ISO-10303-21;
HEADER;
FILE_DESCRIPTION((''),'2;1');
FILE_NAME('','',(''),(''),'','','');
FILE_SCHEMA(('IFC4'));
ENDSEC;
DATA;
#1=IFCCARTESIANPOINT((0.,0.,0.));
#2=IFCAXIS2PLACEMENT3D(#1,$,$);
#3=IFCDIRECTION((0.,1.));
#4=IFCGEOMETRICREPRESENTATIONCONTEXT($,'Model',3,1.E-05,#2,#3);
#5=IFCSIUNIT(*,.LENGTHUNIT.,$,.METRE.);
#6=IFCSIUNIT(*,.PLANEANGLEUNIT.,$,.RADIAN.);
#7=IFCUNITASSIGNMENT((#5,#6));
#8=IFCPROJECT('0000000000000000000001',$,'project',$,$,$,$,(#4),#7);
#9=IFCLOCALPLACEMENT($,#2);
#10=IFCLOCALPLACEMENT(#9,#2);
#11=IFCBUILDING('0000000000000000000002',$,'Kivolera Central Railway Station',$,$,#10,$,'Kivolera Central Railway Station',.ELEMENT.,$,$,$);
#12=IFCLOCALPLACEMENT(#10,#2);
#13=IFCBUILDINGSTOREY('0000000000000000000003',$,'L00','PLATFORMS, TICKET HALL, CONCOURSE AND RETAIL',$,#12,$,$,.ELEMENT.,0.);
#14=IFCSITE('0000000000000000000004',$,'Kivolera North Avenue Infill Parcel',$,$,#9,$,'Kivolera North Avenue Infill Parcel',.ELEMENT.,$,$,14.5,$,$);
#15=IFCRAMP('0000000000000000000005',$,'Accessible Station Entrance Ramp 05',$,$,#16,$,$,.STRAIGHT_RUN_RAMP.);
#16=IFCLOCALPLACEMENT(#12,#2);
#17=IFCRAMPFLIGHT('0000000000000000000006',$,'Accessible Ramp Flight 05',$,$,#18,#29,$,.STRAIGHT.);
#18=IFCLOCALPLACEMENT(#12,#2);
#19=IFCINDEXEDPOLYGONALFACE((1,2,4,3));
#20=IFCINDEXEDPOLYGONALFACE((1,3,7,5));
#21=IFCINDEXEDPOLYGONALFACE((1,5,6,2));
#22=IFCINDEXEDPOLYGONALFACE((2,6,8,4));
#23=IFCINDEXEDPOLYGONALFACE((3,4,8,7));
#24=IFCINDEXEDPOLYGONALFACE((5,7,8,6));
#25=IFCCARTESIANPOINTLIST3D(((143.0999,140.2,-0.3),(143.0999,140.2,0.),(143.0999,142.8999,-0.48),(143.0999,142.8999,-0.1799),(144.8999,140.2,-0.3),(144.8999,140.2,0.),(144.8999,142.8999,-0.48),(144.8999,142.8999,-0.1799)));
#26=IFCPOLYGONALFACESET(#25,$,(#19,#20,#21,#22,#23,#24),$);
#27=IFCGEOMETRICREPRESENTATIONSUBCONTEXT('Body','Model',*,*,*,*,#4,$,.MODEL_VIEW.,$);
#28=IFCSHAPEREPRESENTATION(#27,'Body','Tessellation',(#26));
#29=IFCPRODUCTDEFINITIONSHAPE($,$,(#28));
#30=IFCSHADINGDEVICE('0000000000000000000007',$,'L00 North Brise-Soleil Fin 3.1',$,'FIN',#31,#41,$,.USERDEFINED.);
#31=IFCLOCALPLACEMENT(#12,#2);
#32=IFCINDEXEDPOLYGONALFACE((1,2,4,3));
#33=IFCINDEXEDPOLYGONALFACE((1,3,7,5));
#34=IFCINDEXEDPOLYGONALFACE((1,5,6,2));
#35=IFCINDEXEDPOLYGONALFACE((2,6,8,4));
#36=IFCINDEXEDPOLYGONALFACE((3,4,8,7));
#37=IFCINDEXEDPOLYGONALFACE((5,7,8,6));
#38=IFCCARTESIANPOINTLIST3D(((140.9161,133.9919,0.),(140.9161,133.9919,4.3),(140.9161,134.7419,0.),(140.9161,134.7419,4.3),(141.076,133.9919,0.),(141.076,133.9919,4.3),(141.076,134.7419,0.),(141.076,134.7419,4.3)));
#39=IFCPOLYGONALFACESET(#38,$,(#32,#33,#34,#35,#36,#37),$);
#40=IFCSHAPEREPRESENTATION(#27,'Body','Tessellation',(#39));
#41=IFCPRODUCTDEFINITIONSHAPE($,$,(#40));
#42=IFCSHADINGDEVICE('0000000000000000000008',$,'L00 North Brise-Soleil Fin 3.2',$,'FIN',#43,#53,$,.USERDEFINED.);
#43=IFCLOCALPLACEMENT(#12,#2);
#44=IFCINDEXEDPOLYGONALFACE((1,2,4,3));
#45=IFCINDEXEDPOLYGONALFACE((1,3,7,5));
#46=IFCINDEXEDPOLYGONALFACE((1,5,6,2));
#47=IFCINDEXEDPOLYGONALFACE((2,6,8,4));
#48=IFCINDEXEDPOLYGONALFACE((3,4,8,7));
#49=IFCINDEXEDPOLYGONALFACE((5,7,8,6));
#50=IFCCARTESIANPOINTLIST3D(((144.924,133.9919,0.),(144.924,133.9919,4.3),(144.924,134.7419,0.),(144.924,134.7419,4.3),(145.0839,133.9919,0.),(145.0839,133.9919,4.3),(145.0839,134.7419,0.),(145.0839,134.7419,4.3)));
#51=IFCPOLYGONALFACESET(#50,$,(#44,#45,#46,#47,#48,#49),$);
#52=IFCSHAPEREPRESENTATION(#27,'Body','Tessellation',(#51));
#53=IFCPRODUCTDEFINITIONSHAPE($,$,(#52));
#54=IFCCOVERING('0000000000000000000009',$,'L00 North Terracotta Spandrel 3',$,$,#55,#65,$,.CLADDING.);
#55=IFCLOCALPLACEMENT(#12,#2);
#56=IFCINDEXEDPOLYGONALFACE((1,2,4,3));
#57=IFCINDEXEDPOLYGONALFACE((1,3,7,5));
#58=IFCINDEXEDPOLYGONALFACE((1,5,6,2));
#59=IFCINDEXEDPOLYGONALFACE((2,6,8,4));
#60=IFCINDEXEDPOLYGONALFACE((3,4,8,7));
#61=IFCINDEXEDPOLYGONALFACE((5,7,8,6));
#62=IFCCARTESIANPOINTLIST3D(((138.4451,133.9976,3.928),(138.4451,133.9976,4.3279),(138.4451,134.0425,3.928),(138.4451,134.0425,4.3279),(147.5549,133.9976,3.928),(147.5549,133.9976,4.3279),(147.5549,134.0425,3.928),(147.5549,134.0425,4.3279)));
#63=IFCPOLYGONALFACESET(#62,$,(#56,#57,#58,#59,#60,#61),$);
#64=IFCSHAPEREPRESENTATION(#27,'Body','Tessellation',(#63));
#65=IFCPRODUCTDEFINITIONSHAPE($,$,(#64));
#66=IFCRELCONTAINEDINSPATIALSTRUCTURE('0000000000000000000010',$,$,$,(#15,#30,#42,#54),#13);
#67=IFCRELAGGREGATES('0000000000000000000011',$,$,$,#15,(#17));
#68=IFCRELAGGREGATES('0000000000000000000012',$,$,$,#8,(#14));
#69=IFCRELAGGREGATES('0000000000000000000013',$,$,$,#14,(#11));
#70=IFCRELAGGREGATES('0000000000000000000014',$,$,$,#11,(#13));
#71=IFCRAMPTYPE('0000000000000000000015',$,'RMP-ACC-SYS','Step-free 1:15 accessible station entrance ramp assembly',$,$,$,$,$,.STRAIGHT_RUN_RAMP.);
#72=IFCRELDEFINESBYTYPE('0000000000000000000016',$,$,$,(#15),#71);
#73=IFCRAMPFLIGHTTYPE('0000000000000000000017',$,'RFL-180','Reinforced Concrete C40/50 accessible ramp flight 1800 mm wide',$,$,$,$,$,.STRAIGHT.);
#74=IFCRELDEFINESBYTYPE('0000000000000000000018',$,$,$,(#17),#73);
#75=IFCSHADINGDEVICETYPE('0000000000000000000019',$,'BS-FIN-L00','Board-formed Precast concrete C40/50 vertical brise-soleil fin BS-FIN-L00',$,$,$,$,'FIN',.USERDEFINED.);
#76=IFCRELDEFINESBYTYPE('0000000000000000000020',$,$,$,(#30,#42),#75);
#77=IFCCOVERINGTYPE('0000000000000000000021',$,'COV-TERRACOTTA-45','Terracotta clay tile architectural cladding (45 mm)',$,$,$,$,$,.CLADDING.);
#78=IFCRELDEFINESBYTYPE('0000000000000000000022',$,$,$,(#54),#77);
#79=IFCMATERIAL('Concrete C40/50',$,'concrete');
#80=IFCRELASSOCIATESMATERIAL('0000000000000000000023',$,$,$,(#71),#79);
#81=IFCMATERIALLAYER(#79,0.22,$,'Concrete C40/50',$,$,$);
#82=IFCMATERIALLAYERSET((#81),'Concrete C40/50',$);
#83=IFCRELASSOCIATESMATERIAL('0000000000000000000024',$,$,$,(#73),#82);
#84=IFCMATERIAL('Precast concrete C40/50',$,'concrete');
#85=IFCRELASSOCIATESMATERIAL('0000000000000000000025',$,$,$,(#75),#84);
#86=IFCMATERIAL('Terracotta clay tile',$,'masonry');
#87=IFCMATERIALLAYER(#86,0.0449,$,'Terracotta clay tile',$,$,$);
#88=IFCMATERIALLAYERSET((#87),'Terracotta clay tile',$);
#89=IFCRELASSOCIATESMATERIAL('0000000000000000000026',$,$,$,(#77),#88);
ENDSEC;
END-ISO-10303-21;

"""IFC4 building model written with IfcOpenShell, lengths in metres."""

from ifc_helpers import new_model, si_unit, direction, frame, frame_2d, origin, origin_2d, place, context, subcontext, project, spatial, polyline, rectangle, outline, extrude, material, layer, layer_set, type_object, element, aggregate, save


model = new_model("IFC4")

# Units and contexts
model_context = context("Model", 3, precision=1e-05, world=origin(), true_north=direction((0.0, 1.0)))
body_context = subcontext(model_context, "Body", "Model", "MODEL_VIEW")
ifc_project = project(units=[si_unit("LENGTHUNIT", "METRE"), si_unit("PLANEANGLEUNIT", "RADIAN")], contexts=[model_context])

# Site, building, storey
site_placement = place(None, origin())
site = spatial("IfcSite", under=ifc_project, at=site_placement, Name="Kivolera North Avenue Infill Parcel", LongName="Kivolera North Avenue Infill Parcel", CompositionType="ELEMENT", RefElevation=14.5)
building_placement = place(site_placement, origin())
building = spatial("IfcBuilding", under=site, at=building_placement, Name="Kivolera Central Railway Station", LongName="Kivolera Central Railway Station", CompositionType="ELEMENT")
storey_placement = place(building_placement, origin())
storey = spatial("IfcBuildingStorey", under=building, at=storey_placement, Name="L00", Description="PLATFORMS, TICKET HALL, CONCOURSE AND RETAIL", CompositionType="ELEMENT", Elevation=0.0)

# Shared definitions
ifc_material_1 = material(Name="Concrete C40/50", Category="concrete")

# Ramp, ramp flight
ramp_type = type_object("IfcRampType", Name="RMP-ACC-SYS", Description="Step-free 1:15 accessible station entrance ramp assembly", PredefinedType="STRAIGHT_RUN_RAMP", material=ifc_material_1)
ramp_placement = place(storey_placement, origin())
ramp = element("IfcRamp", 1, at=ramp_placement, inside=storey, type_object=ramp_type, Name="Accessible Station Entrance Ramp 05", PredefinedType="STRAIGHT_RUN_RAMP")
ifc_layer_1 = layer(ifc_material_1, 0.22, Name="Concrete C40/50")
ifc_layer_set_1 = layer_set([ifc_layer_1], Name="Concrete C40/50")
ramp_flight_type = type_object("IfcRampFlightType", Name="RFL-180", Description="Reinforced Concrete C40/50 accessible ramp flight 1800 mm wide", PredefinedType="STRAIGHT", material=ifc_layer_set_1)
ramp_flight_placement = place(storey_placement, frame((144.0, 142.8999, -0.1799), z_axis=(0.0, 0.0, 1.0), x_axis=(0.0, -1.0, 0.0)))
ramp_flight = element("IfcRampFlight", 2, at=ramp_flight_placement, type_object=ramp_flight_type, Name="Accessible Ramp Flight 05", PredefinedType="STRAIGHT", context=body_context, shape_type="SweptSolid", body=[
    extrude(outline(polyline([(0.0, -0.3), (2.7, -0.1201), (2.7, 0.1799), (0.0, 0.0), (0.0, -0.3)])), frame((0.0, 0.8999, 0.0), z_axis=(0.0, -1.0, 0.0), x_axis=(1.0, 0.0, 0.0)), (0.0, 0.0, 1.0), 1.8),
])
aggregate(ramp, [ramp_flight])

# Shading devices
ifc_material_2 = material(Name="Precast concrete C40/50", Category="concrete")
shading_device_type = type_object("IfcShadingDeviceType", Name="BS-FIN-L00", Description="Board-formed Precast concrete C40/50 vertical brise-soleil fin BS-FIN-L00", ElementType="FIN", PredefinedType="USERDEFINED", material=ifc_material_2)
for number, where, z_axis, x_axis, name in (
    (3, (140.9961, 134.3669, 0.0), (0.0, 0.0, 1.0), (1.0, 0.0, 0.0), "L00 North Brise-Soleil Fin 3.1"),
    (4, (145.0039, 134.3669, 0.0), (0.0, 0.0, 1.0), (1.0, 0.0, 0.0), "L00 North Brise-Soleil Fin 3.2"),
):
    element("IfcShadingDevice", number, at=place(storey_placement, frame(where, z_axis=z_axis, x_axis=x_axis)), inside=storey, type_object=shading_device_type, Name=name, ObjectType="FIN", PredefinedType="USERDEFINED", context=body_context, shape_type="SweptSolid", body=[
        extrude(rectangle(XDim=0.1599, YDim=0.75, at=origin_2d()), origin(), (0.0, 0.0, 1.0), 4.3),
    ])

# Covering
ifc_material_3 = material(Name="Terracotta clay tile", Category="masonry")
ifc_layer_2 = layer(ifc_material_3, 0.0449, Name="Terracotta clay tile")
ifc_layer_set_2 = layer_set([ifc_layer_2], Name="Terracotta clay tile")
covering_type = type_object("IfcCoveringType", Name="COV-TERRACOTTA-45", Description="Terracotta clay tile architectural cladding (45 mm)", PredefinedType="CLADDING", material=ifc_layer_set_2)
covering_placement = place(storey_placement, frame((138.4451, 134.02, 3.928), z_axis=(0.0, 0.0, 1.0), x_axis=(1.0, 0.0, 0.0)))
element("IfcCovering", 5, at=covering_placement, inside=storey, type_object=covering_type, Name="L00 North Terracotta Spandrel 3", PredefinedType="CLADDING", context=body_context, shape_type="SweptSolid", body=[
    extrude(rectangle(XDim=9.1099, YDim=0.0449, at=frame_2d((4.5549, 0.0))), origin(), (0.0, 0.0, 1.0), 0.3999),
])

save(model, "model.ifc")
